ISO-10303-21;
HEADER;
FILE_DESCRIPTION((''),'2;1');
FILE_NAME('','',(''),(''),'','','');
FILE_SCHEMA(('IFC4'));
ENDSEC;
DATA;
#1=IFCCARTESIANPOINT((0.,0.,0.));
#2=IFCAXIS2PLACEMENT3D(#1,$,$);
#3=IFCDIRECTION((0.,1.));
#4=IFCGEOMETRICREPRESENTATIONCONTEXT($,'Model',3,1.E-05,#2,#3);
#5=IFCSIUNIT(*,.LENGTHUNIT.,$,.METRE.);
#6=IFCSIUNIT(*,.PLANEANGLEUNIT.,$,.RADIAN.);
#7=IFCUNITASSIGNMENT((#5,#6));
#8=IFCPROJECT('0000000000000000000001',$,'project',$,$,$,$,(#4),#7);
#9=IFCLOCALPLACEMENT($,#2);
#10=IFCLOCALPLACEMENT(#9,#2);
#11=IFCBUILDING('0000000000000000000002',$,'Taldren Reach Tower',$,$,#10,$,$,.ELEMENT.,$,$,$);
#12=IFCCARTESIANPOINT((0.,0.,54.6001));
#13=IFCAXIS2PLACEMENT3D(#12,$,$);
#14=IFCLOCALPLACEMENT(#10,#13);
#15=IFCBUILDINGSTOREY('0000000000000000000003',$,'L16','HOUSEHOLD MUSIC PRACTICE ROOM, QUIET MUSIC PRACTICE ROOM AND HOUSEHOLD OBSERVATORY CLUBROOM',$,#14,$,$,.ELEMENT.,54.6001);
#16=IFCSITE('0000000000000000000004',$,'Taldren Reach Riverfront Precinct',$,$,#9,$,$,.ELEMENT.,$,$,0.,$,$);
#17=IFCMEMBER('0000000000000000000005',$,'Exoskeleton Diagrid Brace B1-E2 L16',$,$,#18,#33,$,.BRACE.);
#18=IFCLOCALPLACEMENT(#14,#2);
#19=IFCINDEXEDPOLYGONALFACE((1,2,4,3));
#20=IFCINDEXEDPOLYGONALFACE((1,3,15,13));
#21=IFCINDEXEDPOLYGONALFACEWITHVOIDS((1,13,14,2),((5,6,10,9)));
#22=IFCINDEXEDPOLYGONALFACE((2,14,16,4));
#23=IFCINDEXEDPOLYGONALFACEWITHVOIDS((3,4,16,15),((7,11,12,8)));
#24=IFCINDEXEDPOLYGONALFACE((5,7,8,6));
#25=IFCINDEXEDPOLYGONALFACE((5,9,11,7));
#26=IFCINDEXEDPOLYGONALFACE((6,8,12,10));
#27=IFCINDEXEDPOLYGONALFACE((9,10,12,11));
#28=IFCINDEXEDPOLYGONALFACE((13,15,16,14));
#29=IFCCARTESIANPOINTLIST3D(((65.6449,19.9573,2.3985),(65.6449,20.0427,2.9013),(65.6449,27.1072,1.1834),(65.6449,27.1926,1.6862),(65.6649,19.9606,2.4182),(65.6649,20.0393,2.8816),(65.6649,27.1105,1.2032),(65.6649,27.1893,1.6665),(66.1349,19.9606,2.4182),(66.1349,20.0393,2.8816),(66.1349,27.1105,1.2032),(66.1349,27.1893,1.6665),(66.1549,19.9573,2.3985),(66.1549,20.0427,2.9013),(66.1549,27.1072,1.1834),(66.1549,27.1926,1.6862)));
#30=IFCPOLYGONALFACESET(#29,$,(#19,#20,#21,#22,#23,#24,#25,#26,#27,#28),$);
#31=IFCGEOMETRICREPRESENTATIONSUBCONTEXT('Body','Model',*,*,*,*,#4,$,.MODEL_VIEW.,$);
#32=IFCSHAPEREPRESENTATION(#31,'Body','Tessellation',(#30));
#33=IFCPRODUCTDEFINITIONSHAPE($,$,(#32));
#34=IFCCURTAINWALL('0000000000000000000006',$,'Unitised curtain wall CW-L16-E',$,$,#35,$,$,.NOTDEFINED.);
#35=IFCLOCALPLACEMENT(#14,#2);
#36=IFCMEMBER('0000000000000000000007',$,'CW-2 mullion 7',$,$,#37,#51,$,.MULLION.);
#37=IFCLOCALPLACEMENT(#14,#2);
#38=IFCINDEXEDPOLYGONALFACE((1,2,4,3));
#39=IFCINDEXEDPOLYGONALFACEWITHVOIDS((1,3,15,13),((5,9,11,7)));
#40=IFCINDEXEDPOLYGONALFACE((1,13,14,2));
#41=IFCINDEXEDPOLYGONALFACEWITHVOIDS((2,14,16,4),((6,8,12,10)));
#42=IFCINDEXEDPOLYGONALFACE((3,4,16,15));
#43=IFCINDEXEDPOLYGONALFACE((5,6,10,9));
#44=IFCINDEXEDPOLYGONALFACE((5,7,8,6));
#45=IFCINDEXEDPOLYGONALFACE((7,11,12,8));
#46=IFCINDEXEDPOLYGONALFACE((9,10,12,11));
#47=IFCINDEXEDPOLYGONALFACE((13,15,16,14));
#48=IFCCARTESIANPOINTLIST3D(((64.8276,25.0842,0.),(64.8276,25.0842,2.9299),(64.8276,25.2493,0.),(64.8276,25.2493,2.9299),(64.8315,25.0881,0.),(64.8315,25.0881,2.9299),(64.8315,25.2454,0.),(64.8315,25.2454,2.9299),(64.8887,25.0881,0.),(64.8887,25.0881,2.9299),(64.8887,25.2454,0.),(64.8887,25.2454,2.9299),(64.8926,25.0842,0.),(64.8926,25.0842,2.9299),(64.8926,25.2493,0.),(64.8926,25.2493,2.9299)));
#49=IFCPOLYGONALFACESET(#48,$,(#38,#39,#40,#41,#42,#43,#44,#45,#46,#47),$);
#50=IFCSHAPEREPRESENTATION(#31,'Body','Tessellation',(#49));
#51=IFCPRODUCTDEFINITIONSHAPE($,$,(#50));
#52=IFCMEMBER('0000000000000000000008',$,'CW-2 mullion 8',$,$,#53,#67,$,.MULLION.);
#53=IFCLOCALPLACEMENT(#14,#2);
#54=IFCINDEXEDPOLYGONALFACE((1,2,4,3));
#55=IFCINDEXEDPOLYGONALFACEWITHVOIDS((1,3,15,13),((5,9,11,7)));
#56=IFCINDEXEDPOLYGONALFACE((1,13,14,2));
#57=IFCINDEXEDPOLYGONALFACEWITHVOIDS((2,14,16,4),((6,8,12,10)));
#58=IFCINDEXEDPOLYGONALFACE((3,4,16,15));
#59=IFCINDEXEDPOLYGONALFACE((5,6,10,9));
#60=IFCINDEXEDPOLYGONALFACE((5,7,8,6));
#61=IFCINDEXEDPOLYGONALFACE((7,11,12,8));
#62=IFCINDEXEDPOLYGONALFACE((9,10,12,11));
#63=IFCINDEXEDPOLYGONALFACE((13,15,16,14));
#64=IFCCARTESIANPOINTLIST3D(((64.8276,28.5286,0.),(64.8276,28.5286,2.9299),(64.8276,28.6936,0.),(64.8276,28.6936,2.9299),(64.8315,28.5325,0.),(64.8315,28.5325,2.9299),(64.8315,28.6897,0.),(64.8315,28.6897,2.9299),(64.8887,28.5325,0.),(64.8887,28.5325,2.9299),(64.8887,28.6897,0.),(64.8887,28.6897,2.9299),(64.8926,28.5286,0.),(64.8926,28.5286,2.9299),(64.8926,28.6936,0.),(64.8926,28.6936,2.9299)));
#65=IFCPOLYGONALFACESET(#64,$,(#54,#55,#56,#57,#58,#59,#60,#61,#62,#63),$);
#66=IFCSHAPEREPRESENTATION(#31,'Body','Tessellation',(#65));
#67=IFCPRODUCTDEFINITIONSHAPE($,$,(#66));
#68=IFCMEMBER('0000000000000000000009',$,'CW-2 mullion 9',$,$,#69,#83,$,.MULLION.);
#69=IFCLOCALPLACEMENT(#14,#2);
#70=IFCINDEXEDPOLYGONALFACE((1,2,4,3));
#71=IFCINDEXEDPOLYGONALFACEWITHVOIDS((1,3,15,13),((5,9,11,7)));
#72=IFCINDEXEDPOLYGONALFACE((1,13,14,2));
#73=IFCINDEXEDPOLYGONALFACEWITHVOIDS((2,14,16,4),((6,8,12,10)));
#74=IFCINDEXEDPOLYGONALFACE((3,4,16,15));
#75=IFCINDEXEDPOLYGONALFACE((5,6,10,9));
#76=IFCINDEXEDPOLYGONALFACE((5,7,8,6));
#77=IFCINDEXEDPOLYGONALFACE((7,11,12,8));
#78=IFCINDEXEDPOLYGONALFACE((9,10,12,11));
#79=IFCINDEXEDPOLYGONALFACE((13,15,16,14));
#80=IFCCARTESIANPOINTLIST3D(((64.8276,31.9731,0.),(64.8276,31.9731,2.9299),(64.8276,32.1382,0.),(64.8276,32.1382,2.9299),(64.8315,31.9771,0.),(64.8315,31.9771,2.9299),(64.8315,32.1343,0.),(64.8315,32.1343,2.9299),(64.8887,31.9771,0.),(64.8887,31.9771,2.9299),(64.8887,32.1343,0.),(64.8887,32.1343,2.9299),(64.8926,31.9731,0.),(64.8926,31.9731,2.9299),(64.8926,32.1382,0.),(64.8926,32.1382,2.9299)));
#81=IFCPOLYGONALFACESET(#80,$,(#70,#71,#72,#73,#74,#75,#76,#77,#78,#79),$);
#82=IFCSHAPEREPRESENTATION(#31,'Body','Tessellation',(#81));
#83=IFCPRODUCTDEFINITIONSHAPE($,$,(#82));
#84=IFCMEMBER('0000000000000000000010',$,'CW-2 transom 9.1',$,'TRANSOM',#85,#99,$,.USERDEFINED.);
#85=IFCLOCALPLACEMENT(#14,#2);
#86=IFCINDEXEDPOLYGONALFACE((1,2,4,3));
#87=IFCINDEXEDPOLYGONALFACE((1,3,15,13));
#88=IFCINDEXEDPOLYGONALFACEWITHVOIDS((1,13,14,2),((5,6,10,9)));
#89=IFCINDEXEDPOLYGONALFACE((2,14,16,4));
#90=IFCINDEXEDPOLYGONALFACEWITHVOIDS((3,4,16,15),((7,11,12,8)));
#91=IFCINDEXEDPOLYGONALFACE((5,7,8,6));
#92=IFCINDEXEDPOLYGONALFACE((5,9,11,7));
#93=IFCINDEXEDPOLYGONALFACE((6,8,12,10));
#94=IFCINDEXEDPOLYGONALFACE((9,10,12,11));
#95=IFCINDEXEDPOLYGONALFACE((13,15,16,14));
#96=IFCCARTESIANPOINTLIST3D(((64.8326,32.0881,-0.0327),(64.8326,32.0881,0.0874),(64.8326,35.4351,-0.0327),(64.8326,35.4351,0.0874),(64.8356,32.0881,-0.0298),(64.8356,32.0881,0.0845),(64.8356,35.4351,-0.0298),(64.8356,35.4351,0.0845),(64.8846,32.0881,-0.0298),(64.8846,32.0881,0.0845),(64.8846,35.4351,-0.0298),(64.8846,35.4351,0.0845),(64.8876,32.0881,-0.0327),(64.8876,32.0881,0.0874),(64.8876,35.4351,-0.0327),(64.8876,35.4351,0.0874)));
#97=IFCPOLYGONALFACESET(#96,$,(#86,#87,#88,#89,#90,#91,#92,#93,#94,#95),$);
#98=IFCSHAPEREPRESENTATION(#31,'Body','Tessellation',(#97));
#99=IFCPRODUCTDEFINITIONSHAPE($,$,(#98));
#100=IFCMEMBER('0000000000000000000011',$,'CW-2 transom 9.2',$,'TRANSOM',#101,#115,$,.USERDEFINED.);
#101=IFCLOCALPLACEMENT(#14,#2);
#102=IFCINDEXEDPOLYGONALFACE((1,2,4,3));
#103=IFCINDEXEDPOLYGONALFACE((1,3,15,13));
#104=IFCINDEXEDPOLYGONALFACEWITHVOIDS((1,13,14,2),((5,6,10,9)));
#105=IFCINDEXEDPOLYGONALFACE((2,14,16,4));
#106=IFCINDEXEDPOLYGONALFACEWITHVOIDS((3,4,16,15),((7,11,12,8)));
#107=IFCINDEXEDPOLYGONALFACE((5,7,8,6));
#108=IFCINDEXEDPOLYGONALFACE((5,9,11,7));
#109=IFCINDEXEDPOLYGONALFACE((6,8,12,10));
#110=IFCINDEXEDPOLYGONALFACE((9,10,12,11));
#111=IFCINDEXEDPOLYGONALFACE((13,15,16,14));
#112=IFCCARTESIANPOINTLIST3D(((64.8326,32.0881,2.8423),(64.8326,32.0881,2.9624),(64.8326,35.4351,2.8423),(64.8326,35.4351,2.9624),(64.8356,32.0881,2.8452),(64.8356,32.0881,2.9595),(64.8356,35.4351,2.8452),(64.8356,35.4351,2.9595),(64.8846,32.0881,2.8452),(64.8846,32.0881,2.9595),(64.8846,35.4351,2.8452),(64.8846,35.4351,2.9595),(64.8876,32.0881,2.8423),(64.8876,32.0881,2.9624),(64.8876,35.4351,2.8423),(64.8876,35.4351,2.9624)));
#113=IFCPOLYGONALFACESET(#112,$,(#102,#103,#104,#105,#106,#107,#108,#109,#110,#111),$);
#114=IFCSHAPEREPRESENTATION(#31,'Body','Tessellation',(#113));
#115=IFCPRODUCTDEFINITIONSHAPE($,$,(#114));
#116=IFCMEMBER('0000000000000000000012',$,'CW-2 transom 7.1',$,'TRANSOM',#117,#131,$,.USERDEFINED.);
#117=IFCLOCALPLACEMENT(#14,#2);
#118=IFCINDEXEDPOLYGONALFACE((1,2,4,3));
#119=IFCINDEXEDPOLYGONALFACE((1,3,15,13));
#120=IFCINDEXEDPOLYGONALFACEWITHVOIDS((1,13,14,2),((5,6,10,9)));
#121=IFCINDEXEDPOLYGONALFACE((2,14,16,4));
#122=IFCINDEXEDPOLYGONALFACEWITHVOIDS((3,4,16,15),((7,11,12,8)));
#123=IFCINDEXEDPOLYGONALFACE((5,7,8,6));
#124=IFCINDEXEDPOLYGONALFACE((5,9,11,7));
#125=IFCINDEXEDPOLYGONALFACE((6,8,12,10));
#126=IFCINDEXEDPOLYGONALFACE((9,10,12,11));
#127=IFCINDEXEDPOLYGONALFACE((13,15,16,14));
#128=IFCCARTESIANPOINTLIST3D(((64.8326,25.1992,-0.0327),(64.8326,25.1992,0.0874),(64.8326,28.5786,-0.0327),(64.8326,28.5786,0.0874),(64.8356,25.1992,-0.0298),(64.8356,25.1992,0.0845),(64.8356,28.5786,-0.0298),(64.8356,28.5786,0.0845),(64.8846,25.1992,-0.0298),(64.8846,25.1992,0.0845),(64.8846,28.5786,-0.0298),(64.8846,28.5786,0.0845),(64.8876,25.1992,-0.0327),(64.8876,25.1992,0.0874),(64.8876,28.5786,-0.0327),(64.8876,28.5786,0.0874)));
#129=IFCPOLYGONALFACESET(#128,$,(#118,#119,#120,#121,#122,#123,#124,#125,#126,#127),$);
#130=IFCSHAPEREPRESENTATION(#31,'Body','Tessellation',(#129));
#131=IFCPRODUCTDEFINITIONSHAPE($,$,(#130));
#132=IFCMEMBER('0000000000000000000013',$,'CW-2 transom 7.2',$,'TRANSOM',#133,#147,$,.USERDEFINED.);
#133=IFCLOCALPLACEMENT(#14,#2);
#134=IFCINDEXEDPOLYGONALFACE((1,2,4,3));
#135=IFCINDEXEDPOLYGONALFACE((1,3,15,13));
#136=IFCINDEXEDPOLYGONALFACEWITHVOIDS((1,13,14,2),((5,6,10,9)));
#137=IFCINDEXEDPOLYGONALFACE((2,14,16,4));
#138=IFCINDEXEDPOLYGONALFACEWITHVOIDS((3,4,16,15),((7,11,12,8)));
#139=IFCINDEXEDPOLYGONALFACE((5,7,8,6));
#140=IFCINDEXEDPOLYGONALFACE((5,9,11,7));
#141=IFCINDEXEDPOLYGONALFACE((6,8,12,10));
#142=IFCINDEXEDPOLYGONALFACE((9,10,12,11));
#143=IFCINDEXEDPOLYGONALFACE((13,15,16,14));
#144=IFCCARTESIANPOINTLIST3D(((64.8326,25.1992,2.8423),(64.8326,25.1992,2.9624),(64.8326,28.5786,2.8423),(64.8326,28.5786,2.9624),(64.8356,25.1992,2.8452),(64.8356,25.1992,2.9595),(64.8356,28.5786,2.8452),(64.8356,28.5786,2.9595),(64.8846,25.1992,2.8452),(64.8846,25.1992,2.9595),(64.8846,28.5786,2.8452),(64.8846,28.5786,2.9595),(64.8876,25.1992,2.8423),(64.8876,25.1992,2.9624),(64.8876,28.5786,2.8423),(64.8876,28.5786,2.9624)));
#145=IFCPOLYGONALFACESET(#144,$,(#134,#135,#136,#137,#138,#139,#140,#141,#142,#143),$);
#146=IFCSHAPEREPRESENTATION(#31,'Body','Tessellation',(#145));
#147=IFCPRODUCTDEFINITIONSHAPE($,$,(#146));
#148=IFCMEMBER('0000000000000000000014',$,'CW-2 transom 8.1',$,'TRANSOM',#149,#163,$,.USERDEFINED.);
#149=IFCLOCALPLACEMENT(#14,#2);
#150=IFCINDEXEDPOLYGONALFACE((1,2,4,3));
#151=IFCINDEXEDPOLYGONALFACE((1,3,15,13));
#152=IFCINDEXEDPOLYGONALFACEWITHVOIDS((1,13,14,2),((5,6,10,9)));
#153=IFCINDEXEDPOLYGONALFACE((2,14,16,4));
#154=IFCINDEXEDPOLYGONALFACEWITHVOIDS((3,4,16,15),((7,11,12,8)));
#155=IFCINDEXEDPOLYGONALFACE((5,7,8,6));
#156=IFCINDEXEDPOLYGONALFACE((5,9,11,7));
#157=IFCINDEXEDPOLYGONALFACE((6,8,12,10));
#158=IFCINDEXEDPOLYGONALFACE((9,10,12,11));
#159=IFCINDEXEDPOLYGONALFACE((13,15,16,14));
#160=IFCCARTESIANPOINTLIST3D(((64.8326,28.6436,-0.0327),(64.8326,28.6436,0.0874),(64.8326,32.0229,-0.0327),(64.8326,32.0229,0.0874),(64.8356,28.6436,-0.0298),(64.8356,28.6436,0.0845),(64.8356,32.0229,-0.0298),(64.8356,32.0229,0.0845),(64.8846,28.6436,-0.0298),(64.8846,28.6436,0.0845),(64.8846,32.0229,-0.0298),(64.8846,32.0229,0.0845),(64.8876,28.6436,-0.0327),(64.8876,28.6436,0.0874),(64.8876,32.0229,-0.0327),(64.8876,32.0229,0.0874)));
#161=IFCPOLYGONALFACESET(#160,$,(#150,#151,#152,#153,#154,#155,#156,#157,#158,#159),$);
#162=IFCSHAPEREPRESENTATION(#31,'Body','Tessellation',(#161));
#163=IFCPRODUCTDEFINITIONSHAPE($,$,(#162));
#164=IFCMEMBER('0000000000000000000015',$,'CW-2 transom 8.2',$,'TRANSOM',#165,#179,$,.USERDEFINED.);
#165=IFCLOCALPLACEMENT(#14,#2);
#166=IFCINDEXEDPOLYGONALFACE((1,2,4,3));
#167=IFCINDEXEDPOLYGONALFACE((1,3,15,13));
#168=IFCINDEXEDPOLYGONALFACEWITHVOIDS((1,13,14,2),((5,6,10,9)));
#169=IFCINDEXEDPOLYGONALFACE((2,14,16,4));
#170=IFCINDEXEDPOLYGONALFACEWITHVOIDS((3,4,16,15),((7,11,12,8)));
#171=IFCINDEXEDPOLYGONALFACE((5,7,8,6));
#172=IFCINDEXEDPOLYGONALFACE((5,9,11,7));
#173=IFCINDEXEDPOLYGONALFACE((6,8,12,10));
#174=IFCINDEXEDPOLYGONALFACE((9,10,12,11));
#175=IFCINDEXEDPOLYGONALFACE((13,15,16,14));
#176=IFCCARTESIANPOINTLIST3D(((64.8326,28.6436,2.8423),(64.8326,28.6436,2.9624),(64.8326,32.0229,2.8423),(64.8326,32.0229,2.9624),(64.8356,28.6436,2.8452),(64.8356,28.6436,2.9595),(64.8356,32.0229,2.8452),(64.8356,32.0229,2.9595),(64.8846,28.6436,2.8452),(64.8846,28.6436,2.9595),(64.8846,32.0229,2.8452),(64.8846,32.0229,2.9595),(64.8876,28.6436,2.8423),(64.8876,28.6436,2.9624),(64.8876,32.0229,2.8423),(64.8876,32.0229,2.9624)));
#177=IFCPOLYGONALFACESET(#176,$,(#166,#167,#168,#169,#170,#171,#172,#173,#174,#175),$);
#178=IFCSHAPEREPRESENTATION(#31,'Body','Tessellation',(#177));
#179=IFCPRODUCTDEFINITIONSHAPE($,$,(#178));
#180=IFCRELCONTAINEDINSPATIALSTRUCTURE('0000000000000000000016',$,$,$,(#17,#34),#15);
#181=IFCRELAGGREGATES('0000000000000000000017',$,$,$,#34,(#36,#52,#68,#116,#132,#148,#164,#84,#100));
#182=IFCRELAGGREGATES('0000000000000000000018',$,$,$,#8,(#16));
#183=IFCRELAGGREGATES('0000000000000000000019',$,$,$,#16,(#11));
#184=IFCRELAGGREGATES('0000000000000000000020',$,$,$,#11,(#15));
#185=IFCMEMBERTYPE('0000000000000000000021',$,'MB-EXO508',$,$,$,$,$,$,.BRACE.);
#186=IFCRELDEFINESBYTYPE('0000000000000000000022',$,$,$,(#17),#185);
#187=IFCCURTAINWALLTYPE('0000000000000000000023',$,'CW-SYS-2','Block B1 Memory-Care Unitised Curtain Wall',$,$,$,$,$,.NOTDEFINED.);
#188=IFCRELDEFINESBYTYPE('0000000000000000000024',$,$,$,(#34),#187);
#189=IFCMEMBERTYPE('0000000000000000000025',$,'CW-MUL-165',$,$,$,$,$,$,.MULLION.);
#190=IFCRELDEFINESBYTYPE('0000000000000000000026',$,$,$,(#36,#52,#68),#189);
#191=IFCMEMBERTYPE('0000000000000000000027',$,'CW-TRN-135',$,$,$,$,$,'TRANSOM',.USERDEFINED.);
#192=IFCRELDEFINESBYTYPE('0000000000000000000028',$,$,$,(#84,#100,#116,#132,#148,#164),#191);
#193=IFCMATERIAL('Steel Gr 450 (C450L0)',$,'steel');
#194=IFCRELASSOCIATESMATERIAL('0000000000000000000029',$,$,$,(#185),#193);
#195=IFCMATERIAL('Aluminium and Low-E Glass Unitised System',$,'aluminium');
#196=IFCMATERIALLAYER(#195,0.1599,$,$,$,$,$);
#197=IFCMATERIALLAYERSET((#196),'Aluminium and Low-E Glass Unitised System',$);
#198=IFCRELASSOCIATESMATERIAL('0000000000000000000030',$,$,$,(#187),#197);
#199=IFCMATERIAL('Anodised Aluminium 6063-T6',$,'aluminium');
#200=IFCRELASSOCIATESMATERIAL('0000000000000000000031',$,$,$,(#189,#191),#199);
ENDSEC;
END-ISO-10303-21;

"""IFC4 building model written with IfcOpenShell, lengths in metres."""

from ifc_helpers import new_model, si_unit, direction, frame, origin, origin_2d, place, context, subcontext, project, spatial, hollow_rectangle, extrude, source, transform, mapped, material, layer, layer_set, material_profile, profile_set, type_object, element, aggregate, save


model = new_model("IFC4")

# Units and contexts
model_context = context("Model", 3, precision=1e-05, world=origin(), true_north=direction((0.0, 1.0)))
body_context = subcontext(model_context, "Body", "Model", "MODEL_VIEW")
ifc_project = project(units=[si_unit("LENGTHUNIT", "METRE"), si_unit("PLANEANGLEUNIT", "RADIAN")], contexts=[model_context])

# Site, building, storey
site_placement = place(None, origin())
site = spatial("IfcSite", under=ifc_project, at=site_placement, Name="Taldren Reach Riverfront Precinct", CompositionType="ELEMENT", RefElevation=0.0)
building_placement = place(site_placement, origin())
building = spatial("IfcBuilding", under=site, at=building_placement, Name="Taldren Reach Tower", CompositionType="ELEMENT")
storey_placement = place(building_placement, frame((0.0, 0.0, 54.6001)))
storey = spatial("IfcBuildingStorey", under=building, at=storey_placement, Name="L16", Description="HOUSEHOLD MUSIC PRACTICE ROOM, QUIET MUSIC PRACTICE ROOM AND HOUSEHOLD OBSERVATORY CLUBROOM", CompositionType="ELEMENT", Elevation=54.6001)

# Member
ifc_material_1 = material(Name="Steel Gr 450 (C450L0)", Category="steel")
ifc_material_profile_1 = material_profile(ifc_material_1, hollow_rectangle(XDim=0.51, YDim=0.51, WallThickness=0.02, at=origin_2d()), Name="510x510x20.0SHS")
ifc_profile_set_1 = profile_set([ifc_material_profile_1], Name="Steel Gr 450 (C450L0)")
member_type_1 = type_object("IfcMemberType", Name="MB-EXO508", PredefinedType="BRACE", material=ifc_profile_set_1)
shared_shape_1 = source(origin(), body_context, "Body", "SweptSolid", [
    extrude(hollow_rectangle(XDim=0.51, YDim=0.51, WallThickness=0.02, at=origin_2d()), origin(), (0.0, 0.0, 1.0), 7.2524),
])
member_1_placement = place(storey_placement, frame((65.8999, 27.1499, 1.4348), z_axis=(0.0, -0.985865, 0.167542), x_axis=(1.0, 0.0, 0.0)))
element("IfcMember", 1, at=member_1_placement, inside=storey, type_object=member_type_1, Name="Exoskeleton Diagrid Brace B1-E2 L16", PredefinedType="BRACE", context=body_context, shape_type="MappedRepresentation", body=[
    mapped(shared_shape_1, transform((0.0, 0.0, 0.0), scale=1.0)),
])

# Curtain wall, members
ifc_material_2 = material(Name="Aluminium and Low-E Glass Unitised System", Category="aluminium")
ifc_layer_1 = layer(ifc_material_2, 0.1599)
ifc_layer_set_1 = layer_set([ifc_layer_1], Name="Aluminium and Low-E Glass Unitised System")
curtain_wall_type = type_object("IfcCurtainWallType", Name="CW-SYS-2", Description="Block B1 Memory-Care Unitised Curtain Wall", PredefinedType="NOTDEFINED", material=ifc_layer_set_1)
curtain_wall_placement = place(storey_placement, origin())
curtain_wall = element("IfcCurtainWall", 2, at=curtain_wall_placement, inside=storey, type_object=curtain_wall_type, Name="Unitised curtain wall CW-L16-E", PredefinedType="NOTDEFINED")
ifc_material_3 = material(Name="Anodised Aluminium 6063-T6", Category="aluminium")
ifc_material_profile_2 = material_profile(ifc_material_3, hollow_rectangle(XDim=0.0649, YDim=0.165, WallThickness=0.0039, at=origin_2d()), Name="ALU-165x65x4RHS")
ifc_profile_set_2 = profile_set([ifc_material_profile_2], Name="Anodised Aluminium 6063-T6")
member_type_2 = type_object("IfcMemberType", Name="CW-MUL-165", PredefinedType="MULLION", material=ifc_profile_set_2)
shared_shape_2 = source(origin(), body_context, "Body", "SweptSolid", [
    extrude(hollow_rectangle(XDim=0.0649, YDim=0.165, WallThickness=0.0039, at=origin_2d()), origin(), (0.0, 0.0, 1.0), 2.9299),
])
member_2_placement = place(storey_placement, frame((64.8601, 25.1667, 0.0), z_axis=(0.0, 0.0, 1.0), x_axis=(-1.0, 0.0, 0.0)))
member_2 = element("IfcMember", 3, at=member_2_placement, type_object=member_type_2, Name="CW-2 mullion 7", PredefinedType="MULLION", context=body_context, shape_type="MappedRepresentation", body=[
    mapped(shared_shape_2, transform((0.0, 0.0, 0.0), scale=1.0)),
])
member_3_placement = place(storey_placement, frame((64.8601, 28.6111, 0.0), z_axis=(0.0, 0.0, 1.0), x_axis=(-1.0, 0.0, 0.0)))
member_3 = element("IfcMember", 4, at=member_3_placement, type_object=member_type_2, Name="CW-2 mullion 8", PredefinedType="MULLION", context=body_context, shape_type="MappedRepresentation", body=[
    mapped(shared_shape_2, transform((0.0, 0.0, 0.0), scale=1.0)),
])
member_4_placement = place(storey_placement, frame((64.8601, 32.0557, 0.0), z_axis=(0.0, 0.0, 1.0), x_axis=(-1.0, 0.0, 0.0)))
member_4 = element("IfcMember", 5, at=member_4_placement, type_object=member_type_2, Name="CW-2 mullion 9", PredefinedType="MULLION", context=body_context, shape_type="MappedRepresentation", body=[
    mapped(shared_shape_2, transform((0.0, 0.0, 0.0), scale=1.0)),
])
ifc_material_profile_3 = material_profile(ifc_material_3, hollow_rectangle(XDim=0.0549, YDim=0.1201, WallThickness=0.0029, at=origin_2d()), Name="ALU-120x55x3RHS")
ifc_profile_set_3 = profile_set([ifc_material_profile_3], Name="Anodised Aluminium 6063-T6")
member_type_3 = type_object("IfcMemberType", Name="CW-TRN-135", ElementType="TRANSOM", PredefinedType="USERDEFINED", material=ifc_profile_set_3)
shared_shape_3 = source(origin(), body_context, "Body", "SweptSolid", [
    extrude(hollow_rectangle(XDim=0.0549, YDim=0.1201, WallThickness=0.0029, at=origin_2d()), origin(), (0.0, 0.0, 1.0), 3.3469),
])
member_5_placement = place(storey_placement, frame((64.8601, 32.0881, 0.0273), z_axis=(0.0, 1.0, 0.0), x_axis=(-1.0, 0.0, 0.0)))
member_5 = element("IfcMember", 6, at=member_5_placement, type_object=member_type_3, Name="CW-2 transom 9.1", ObjectType="TRANSOM", PredefinedType="USERDEFINED", context=body_context, shape_type="MappedRepresentation", body=[
    mapped(shared_shape_3, transform((0.0, 0.0, 0.0), scale=1.0)),
])
member_6_placement = place(storey_placement, frame((64.8601, 32.0881, 2.9023), z_axis=(0.0, 1.0, 0.0), x_axis=(-1.0, 0.0, 0.0)))
member_6 = element("IfcMember", 7, at=member_6_placement, type_object=member_type_3, Name="CW-2 transom 9.2", ObjectType="TRANSOM", PredefinedType="USERDEFINED", context=body_context, shape_type="MappedRepresentation", body=[
    mapped(shared_shape_3, transform((0.0, 0.0, 0.0), scale=1.0)),
])
shared_shape_4 = source(origin(), body_context, "Body", "SweptSolid", [
    extrude(hollow_rectangle(XDim=0.0549, YDim=0.1201, WallThickness=0.0029, at=origin_2d()), origin(), (0.0, 0.0, 1.0), 3.3794),
])
member_7_placement = place(storey_placement, frame((64.8601, 25.1992, 0.0273), z_axis=(0.0, 1.0, 0.0), x_axis=(-1.0, 0.0, 0.0)))
member_7 = element("IfcMember", 8, at=member_7_placement, type_object=member_type_3, Name="CW-2 transom 7.1", ObjectType="TRANSOM", PredefinedType="USERDEFINED", context=body_context, shape_type="MappedRepresentation", body=[
    mapped(shared_shape_4, transform((0.0, 0.0, 0.0), scale=1.0)),
])
member_8_placement = place(storey_placement, frame((64.8601, 25.1992, 2.9023), z_axis=(0.0, 1.0, 0.0), x_axis=(-1.0, 0.0, 0.0)))
member_8 = element("IfcMember", 9, at=member_8_placement, type_object=member_type_3, Name="CW-2 transom 7.2", ObjectType="TRANSOM", PredefinedType="USERDEFINED", context=body_context, shape_type="MappedRepresentation", body=[
    mapped(shared_shape_4, transform((0.0, 0.0, 0.0), scale=1.0)),
])
member_9_placement = place(storey_placement, frame((64.8601, 28.6436, 0.0273), z_axis=(0.0, 1.0, 0.0), x_axis=(-1.0, 0.0, 0.0)))
member_9 = element("IfcMember", 10, at=member_9_placement, type_object=member_type_3, Name="CW-2 transom 8.1", ObjectType="TRANSOM", PredefinedType="USERDEFINED", context=body_context, shape_type="MappedRepresentation", body=[
    mapped(shared_shape_4, transform((0.0, 0.0, 0.0), scale=1.0)),
])
member_10_placement = place(storey_placement, frame((64.8601, 28.6436, 2.9023), z_axis=(0.0, 1.0, 0.0), x_axis=(-1.0, 0.0, 0.0)))
member_10 = element("IfcMember", 11, at=member_10_placement, type_object=member_type_3, Name="CW-2 transom 8.2", ObjectType="TRANSOM", PredefinedType="USERDEFINED", context=body_context, shape_type="MappedRepresentation", body=[
    mapped(shared_shape_4, transform((0.0, 0.0, 0.0), scale=1.0)),
])
aggregate(curtain_wall, [member_2, member_3, member_4, member_7, member_8, member_9, member_10, member_5, member_6])

save(model, "model.ifc")
